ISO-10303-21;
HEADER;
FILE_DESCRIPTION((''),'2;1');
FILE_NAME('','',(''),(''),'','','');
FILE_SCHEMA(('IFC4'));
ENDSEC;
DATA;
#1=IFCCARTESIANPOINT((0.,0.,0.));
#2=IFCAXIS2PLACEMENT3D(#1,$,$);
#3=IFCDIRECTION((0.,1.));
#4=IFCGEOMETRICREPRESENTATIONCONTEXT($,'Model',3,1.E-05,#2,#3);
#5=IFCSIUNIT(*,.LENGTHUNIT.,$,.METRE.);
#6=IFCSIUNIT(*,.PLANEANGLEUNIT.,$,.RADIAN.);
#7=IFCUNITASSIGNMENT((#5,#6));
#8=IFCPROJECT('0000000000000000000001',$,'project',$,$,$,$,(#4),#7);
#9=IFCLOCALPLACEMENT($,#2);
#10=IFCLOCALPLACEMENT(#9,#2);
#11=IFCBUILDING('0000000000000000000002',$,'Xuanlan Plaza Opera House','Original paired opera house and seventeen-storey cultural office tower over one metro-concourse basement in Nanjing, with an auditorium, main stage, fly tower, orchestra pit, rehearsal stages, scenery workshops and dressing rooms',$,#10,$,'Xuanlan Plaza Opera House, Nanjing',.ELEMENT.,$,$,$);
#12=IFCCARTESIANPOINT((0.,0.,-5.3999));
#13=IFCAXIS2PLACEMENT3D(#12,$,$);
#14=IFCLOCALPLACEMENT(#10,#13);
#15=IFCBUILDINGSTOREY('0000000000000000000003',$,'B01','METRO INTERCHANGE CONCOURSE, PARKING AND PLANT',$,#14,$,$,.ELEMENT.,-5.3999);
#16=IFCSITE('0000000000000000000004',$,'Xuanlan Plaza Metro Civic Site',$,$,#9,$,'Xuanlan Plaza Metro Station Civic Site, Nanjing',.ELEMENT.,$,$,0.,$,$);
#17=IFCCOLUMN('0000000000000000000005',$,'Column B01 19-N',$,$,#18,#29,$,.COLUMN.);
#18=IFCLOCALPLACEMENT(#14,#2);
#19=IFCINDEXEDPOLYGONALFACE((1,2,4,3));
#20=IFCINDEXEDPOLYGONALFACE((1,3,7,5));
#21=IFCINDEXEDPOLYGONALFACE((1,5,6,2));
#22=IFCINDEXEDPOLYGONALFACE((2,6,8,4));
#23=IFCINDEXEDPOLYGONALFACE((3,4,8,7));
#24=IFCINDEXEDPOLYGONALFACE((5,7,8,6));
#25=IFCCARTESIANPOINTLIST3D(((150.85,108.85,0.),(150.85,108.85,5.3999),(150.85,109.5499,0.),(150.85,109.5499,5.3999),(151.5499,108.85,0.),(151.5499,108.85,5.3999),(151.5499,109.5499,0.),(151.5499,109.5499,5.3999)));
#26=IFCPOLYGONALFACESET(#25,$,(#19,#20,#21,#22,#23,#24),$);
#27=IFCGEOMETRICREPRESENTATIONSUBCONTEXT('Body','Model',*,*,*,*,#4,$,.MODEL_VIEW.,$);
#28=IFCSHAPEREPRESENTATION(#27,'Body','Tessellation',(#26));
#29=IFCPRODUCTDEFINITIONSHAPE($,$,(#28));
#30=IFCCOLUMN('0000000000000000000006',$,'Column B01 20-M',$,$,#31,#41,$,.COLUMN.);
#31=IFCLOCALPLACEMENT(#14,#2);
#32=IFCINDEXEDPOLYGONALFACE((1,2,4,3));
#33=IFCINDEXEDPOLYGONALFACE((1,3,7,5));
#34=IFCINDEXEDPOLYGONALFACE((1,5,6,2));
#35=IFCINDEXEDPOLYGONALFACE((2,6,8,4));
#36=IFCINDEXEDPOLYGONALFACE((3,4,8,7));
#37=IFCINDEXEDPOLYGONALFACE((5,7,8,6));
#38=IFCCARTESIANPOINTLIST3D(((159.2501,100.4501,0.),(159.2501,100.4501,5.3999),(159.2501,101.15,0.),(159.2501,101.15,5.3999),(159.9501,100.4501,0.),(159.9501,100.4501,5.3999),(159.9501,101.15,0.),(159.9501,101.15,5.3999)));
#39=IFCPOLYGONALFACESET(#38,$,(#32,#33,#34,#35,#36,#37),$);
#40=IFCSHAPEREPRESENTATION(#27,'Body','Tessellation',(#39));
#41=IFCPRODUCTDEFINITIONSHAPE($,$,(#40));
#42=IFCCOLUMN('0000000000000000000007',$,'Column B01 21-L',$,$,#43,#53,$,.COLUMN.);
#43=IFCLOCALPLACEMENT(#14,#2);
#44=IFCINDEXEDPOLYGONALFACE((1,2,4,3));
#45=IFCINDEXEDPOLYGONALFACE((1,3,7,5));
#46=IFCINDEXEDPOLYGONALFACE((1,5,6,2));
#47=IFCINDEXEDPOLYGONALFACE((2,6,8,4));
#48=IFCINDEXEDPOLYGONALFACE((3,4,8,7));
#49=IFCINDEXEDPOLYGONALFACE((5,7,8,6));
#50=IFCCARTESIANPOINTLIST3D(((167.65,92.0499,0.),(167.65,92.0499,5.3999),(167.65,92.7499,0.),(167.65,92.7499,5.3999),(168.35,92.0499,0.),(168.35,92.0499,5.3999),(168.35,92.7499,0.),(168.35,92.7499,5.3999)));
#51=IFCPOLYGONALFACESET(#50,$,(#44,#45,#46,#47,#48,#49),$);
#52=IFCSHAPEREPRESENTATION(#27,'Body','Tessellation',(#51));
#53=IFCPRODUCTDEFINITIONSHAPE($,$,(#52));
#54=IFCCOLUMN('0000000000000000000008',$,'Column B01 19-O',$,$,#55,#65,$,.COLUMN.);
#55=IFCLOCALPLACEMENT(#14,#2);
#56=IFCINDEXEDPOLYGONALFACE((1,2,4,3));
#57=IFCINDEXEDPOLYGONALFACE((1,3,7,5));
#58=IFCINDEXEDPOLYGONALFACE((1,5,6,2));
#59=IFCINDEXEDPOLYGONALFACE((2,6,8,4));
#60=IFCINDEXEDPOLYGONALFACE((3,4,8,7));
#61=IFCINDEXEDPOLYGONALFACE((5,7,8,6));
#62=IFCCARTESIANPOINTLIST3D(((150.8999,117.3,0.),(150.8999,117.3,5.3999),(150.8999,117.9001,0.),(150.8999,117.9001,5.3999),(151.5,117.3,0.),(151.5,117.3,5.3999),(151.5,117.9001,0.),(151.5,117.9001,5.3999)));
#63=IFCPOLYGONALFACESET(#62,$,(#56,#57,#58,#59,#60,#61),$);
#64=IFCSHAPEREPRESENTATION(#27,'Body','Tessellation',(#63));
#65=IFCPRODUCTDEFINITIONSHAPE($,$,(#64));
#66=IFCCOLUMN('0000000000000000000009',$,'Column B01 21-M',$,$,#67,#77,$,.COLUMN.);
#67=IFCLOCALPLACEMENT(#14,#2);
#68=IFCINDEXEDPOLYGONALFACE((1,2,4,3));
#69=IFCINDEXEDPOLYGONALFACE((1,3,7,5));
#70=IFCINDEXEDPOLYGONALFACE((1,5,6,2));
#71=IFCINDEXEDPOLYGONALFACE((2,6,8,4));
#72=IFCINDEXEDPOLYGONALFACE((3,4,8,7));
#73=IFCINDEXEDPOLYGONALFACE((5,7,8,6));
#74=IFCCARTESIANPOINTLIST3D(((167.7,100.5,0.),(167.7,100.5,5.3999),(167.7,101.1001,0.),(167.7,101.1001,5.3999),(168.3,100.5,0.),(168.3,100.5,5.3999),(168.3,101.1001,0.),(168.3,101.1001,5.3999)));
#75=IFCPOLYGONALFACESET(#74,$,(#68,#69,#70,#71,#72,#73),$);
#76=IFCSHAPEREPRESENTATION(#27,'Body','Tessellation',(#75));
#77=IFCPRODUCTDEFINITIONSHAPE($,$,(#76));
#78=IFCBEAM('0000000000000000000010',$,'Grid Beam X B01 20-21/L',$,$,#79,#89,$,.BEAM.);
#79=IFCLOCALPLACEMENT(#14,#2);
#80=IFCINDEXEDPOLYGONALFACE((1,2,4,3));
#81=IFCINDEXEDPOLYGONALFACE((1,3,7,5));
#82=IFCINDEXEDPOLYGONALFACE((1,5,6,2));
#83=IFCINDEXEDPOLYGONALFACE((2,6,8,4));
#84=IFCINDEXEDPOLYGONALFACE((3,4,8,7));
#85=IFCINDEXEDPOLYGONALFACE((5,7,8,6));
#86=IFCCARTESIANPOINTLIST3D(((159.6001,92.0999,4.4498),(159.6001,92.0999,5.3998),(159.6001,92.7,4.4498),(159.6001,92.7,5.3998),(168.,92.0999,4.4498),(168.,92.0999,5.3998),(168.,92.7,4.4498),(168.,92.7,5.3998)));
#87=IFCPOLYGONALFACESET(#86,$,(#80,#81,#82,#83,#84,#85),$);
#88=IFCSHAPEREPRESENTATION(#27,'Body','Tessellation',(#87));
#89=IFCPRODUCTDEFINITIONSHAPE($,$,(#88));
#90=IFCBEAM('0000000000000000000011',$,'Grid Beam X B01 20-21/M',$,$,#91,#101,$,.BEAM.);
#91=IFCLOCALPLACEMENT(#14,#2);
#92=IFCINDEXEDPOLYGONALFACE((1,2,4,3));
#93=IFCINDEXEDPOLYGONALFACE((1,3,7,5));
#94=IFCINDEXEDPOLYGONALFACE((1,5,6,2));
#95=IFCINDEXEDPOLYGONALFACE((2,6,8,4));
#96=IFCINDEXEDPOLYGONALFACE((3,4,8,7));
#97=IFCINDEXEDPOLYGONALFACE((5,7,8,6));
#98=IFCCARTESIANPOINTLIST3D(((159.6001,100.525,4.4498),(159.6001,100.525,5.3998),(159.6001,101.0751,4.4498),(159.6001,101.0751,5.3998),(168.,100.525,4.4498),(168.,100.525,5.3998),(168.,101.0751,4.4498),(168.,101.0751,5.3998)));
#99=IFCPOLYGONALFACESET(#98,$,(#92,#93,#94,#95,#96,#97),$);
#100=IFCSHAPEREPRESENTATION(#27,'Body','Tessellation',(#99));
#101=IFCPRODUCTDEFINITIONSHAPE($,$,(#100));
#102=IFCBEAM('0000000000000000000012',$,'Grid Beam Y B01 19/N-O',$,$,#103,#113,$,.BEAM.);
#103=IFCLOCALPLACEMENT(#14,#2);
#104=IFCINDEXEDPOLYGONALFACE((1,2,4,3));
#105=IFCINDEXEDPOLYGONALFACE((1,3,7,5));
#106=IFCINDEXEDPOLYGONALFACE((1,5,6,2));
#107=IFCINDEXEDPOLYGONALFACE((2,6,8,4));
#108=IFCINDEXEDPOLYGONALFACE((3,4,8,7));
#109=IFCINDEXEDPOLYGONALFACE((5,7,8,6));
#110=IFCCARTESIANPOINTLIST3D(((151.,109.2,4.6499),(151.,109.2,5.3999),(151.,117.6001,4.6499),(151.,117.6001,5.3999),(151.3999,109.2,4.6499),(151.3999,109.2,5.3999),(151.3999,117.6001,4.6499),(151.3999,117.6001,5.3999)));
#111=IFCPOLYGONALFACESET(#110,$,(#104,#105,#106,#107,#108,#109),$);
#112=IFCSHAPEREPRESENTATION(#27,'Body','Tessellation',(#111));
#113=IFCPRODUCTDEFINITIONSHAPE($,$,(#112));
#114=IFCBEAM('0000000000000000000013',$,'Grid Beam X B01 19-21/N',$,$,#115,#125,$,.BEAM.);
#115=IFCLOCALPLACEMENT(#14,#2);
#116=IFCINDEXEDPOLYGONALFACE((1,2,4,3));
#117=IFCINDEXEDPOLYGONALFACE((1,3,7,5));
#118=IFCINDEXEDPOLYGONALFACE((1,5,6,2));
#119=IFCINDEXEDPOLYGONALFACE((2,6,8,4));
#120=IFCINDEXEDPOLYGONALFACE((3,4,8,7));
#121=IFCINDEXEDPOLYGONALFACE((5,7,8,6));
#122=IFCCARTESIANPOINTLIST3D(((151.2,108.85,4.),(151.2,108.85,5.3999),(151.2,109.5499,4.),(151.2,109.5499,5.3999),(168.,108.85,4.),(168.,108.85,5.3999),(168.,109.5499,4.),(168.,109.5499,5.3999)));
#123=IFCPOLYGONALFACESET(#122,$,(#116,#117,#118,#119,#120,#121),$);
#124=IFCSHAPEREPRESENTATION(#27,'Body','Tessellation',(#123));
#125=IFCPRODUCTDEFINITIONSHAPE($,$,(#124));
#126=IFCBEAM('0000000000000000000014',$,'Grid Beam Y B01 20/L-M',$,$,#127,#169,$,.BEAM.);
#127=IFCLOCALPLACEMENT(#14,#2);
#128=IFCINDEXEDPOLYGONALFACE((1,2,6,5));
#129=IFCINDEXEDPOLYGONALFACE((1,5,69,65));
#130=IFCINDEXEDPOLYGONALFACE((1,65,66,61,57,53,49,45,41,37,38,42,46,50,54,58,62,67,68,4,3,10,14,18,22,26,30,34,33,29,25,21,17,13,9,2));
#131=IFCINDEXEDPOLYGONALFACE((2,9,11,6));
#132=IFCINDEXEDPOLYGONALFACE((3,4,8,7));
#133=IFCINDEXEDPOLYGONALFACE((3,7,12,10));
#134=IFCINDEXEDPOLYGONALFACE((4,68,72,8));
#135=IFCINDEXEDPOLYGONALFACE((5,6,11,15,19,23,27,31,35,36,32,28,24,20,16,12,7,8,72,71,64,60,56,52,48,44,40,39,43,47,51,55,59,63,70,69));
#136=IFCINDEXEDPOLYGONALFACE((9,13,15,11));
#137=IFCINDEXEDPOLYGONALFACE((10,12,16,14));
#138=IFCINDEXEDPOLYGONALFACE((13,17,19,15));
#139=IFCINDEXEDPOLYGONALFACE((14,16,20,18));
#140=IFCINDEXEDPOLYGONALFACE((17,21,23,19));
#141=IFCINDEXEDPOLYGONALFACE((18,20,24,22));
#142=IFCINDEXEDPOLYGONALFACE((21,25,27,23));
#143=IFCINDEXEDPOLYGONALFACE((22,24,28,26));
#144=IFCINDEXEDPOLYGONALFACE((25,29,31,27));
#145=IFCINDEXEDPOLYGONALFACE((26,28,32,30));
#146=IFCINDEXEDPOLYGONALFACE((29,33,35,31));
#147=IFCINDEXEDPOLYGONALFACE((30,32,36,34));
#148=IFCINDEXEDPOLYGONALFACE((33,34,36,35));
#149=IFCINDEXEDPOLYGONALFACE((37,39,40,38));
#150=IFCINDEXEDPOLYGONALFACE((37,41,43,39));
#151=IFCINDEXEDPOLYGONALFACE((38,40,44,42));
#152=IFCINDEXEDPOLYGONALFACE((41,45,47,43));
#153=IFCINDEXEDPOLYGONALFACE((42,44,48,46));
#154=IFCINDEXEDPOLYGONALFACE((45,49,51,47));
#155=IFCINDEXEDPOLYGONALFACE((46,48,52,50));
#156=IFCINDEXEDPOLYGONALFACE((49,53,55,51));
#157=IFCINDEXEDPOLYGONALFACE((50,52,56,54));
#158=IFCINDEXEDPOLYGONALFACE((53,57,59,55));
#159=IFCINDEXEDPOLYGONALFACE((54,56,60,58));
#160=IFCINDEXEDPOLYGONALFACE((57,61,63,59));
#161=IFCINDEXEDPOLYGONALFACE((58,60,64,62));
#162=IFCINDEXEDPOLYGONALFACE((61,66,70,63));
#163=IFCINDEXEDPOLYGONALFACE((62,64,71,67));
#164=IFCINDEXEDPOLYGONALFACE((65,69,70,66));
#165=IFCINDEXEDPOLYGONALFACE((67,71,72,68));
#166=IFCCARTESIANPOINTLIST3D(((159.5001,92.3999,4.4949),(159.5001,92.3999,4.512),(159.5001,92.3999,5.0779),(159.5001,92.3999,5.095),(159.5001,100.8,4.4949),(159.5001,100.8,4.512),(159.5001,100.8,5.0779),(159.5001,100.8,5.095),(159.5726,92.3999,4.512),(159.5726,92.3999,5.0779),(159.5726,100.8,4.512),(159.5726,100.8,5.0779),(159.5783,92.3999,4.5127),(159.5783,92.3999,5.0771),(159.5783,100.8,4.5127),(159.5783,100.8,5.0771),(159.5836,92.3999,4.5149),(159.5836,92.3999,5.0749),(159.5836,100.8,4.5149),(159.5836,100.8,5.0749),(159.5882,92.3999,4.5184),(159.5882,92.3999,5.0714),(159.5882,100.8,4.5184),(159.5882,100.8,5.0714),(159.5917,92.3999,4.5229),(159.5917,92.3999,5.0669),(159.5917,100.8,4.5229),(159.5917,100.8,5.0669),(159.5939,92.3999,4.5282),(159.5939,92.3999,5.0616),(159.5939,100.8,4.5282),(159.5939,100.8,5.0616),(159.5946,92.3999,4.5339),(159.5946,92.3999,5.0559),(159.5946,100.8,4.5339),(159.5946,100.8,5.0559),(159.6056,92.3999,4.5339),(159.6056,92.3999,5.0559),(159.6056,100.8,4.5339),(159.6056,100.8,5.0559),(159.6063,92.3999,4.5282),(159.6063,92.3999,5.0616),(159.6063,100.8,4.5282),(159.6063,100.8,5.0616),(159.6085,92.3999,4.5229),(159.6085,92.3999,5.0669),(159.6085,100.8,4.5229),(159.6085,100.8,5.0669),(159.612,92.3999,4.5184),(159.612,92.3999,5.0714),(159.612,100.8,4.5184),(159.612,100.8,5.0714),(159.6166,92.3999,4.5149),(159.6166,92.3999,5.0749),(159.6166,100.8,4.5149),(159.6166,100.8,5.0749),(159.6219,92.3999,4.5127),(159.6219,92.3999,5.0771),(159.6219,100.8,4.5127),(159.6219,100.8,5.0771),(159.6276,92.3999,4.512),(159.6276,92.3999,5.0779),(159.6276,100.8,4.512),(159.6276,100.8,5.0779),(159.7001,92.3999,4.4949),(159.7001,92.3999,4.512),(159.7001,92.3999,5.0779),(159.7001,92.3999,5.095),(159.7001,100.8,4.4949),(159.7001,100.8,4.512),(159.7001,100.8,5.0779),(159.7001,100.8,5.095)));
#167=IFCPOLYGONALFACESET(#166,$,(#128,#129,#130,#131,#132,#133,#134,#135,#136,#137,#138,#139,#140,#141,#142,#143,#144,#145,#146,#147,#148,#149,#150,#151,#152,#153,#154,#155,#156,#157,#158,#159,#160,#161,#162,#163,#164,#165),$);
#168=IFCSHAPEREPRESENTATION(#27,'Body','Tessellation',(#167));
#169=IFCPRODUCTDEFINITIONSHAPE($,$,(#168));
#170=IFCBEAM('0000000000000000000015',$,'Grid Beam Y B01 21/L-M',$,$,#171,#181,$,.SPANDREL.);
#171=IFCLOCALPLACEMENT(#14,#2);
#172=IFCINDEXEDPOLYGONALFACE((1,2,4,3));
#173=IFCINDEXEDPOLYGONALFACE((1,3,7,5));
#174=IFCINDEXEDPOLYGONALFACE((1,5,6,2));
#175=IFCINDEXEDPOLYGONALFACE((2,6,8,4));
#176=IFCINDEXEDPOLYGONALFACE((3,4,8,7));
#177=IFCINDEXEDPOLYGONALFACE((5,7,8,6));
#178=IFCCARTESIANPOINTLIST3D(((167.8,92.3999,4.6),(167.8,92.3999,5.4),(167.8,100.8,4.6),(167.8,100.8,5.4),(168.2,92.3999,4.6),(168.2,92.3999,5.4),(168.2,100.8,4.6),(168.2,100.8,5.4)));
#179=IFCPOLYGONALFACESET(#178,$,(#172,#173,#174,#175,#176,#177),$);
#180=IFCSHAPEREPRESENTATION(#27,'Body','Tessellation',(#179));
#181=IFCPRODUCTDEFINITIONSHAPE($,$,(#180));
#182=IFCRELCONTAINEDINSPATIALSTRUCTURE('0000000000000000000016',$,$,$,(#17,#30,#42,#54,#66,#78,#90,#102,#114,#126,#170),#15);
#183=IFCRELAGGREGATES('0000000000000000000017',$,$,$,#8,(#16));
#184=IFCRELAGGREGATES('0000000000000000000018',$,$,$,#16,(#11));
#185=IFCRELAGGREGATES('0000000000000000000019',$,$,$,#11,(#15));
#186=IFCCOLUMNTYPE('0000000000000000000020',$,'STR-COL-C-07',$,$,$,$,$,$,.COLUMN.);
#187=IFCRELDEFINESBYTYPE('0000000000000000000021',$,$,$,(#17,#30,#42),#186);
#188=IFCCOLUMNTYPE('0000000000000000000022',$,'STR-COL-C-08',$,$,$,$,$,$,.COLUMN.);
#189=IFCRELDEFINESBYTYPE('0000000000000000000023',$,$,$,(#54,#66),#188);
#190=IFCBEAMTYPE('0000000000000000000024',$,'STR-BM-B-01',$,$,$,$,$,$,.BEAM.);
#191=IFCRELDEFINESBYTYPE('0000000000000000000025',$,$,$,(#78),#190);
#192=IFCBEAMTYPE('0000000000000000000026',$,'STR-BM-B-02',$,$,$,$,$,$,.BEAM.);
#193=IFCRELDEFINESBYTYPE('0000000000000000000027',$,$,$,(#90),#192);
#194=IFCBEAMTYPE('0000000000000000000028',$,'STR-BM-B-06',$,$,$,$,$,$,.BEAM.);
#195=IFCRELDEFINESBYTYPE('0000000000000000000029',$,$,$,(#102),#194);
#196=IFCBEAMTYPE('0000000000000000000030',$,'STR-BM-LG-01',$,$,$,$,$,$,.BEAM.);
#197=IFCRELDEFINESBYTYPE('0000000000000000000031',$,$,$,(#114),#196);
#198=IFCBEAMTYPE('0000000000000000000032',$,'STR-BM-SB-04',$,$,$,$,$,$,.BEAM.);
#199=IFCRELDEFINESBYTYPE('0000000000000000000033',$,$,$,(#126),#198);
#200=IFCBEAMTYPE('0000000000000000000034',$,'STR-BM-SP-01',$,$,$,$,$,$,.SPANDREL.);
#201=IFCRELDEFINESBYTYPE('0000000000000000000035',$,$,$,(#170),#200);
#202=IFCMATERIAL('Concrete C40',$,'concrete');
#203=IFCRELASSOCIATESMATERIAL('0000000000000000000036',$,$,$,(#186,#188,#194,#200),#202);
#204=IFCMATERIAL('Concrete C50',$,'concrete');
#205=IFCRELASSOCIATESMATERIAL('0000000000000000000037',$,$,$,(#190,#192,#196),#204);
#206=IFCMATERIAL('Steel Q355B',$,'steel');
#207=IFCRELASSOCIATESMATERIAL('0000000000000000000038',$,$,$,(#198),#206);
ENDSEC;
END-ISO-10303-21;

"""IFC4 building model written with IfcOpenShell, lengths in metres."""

from ifc_helpers import new_model, si_unit, direction, frame, origin, origin_2d, place, context, subcontext, project, spatial, rectangle, i_section, extrude, material, material_profile, profile_set, type_object, element, save


model = new_model("IFC4")

# Units and contexts
model_context = context("Model", 3, precision=1e-05, world=origin(), true_north=direction((0.0, 1.0)))
body_context = subcontext(model_context, "Body", "Model", "MODEL_VIEW")
ifc_project = project(units=[si_unit("LENGTHUNIT", "METRE"), si_unit("PLANEANGLEUNIT", "RADIAN")], contexts=[model_context])

# Site, building, storey
site_placement = place(None, origin())
site = spatial("IfcSite", under=ifc_project, at=site_placement, Name="Xuanlan Plaza Metro Civic Site", LongName="Xuanlan Plaza Metro Station Civic Site, Nanjing", CompositionType="ELEMENT", RefElevation=0.0)
building_placement = place(site_placement, origin())
building = spatial("IfcBuilding", under=site, at=building_placement, Name="Xuanlan Plaza Opera House", Description="Original paired opera house and seventeen-storey cultural office tower over one metro-concourse basement in Nanjing, with an auditorium, main stage, fly tower, orchestra pit, rehearsal stages, scenery workshops and dressing rooms", LongName="Xuanlan Plaza Opera House, Nanjing", CompositionType="ELEMENT")
storey_placement = place(building_placement, frame((0.0, 0.0, -5.3999)))
storey = spatial("IfcBuildingStorey", under=building, at=storey_placement, Name="B01", Description="METRO INTERCHANGE CONCOURSE, PARKING AND PLANT", CompositionType="ELEMENT", Elevation=-5.3999)

# Shared definitions
ifc_material_1 = material(Name="Concrete C40", Category="concrete")

# Columns
ifc_material_profile_1 = material_profile(ifc_material_1, rectangle(XDim=0.7, YDim=0.7, at=origin_2d()), Name="RC-COL 700x700")
ifc_profile_set_1 = profile_set([ifc_material_profile_1], Name="Concrete C40")
column_type_1 = type_object("IfcColumnType", Name="STR-COL-C-07", PredefinedType="COLUMN", material=ifc_profile_set_1)
for number, where, z_axis, x_axis, name in (
    (1, (151.2, 109.2, 0.0), (0.0, 0.0, 1.0), (1.0, 0.0, 0.0), "Column B01 19-N"),
    (2, (159.6001, 100.8, 0.0), (0.0, 0.0, 1.0), (1.0, 0.0, 0.0), "Column B01 20-M"),
    (3, (168.0, 92.3999, 0.0), (0.0, 0.0, 1.0), (1.0, 0.0, 0.0), "Column B01 21-L"),
):
    element("IfcColumn", number, at=place(storey_placement, frame(where, z_axis=z_axis, x_axis=x_axis)), inside=storey, type_object=column_type_1, Name=name, PredefinedType="COLUMN", context=body_context, shape_type="SweptSolid", body=[
        extrude(rectangle(XDim=0.7, YDim=0.7, at=origin_2d()), origin(), (0.0, 0.0, 1.0), 5.3999),
    ])
ifc_material_profile_2 = material_profile(ifc_material_1, rectangle(XDim=0.6001, YDim=0.6001, at=origin_2d()), Name="RC-COL 600x600")
ifc_profile_set_2 = profile_set([ifc_material_profile_2], Name="Concrete C40")
column_type_2 = type_object("IfcColumnType", Name="STR-COL-C-08", PredefinedType="COLUMN", material=ifc_profile_set_2)
for number, where, z_axis, x_axis, name in (
    (4, (151.2, 117.6001, 0.0), (0.0, 0.0, 1.0), (1.0, 0.0, 0.0), "Column B01 19-O"),
    (5, (168.0, 100.8, 0.0), (0.0, 0.0, 1.0), (1.0, 0.0, 0.0), "Column B01 21-M"),
):
    element("IfcColumn", number, at=place(storey_placement, frame(where, z_axis=z_axis, x_axis=x_axis)), inside=storey, type_object=column_type_2, Name=name, PredefinedType="COLUMN", context=body_context, shape_type="SweptSolid", body=[
        extrude(rectangle(XDim=0.6001, YDim=0.6001, at=origin_2d()), origin(), (0.0, 0.0, 1.0), 5.3999),
    ])

# Beams
ifc_material_2 = material(Name="Concrete C50", Category="concrete")
ifc_material_profile_3 = material_profile(ifc_material_2, rectangle(XDim=0.6001, YDim=0.95, at=origin_2d()), Name="RC-BM 600x950")
ifc_profile_set_3 = profile_set([ifc_material_profile_3], Name="Concrete C50")
beam_type_1 = type_object("IfcBeamType", Name="STR-BM-B-01", PredefinedType="BEAM", material=ifc_profile_set_3)
beam_1_placement = place(storey_placement, frame((159.6001, 92.3999, 4.9248), z_axis=(1.0, 0.0, 0.0), x_axis=(0.0, 1.0, 0.0)))
element("IfcBeam", 6, at=beam_1_placement, inside=storey, type_object=beam_type_1, Name="Grid Beam X B01 20-21/L", PredefinedType="BEAM", context=body_context, shape_type="SweptSolid", body=[
    extrude(rectangle(XDim=0.6001, YDim=0.95, at=origin_2d()), origin(), (0.0, 0.0, 1.0), 8.3999),
])
ifc_material_profile_4 = material_profile(ifc_material_2, rectangle(XDim=0.55, YDim=0.95, at=origin_2d()), Name="RC-BM 550x950")
ifc_profile_set_4 = profile_set([ifc_material_profile_4], Name="Concrete C50")
beam_type_2 = type_object("IfcBeamType", Name="STR-BM-B-02", PredefinedType="BEAM", material=ifc_profile_set_4)
beam_2_placement = place(storey_placement, frame((159.6001, 100.8, 4.9248), z_axis=(1.0, 0.0, 0.0), x_axis=(0.0, 1.0, 0.0)))
element("IfcBeam", 7, at=beam_2_placement, inside=storey, type_object=beam_type_2, Name="Grid Beam X B01 20-21/M", PredefinedType="BEAM", context=body_context, shape_type="SweptSolid", body=[
    extrude(rectangle(XDim=0.55, YDim=0.95, at=origin_2d()), origin(), (0.0, 0.0, 1.0), 8.3999),
])
ifc_material_profile_5 = material_profile(ifc_material_1, rectangle(XDim=0.3999, YDim=0.75, at=origin_2d()), Name="RC-BM 400x750")
ifc_profile_set_5 = profile_set([ifc_material_profile_5], Name="Concrete C40")
beam_type_3 = type_object("IfcBeamType", Name="STR-BM-B-06", PredefinedType="BEAM", material=ifc_profile_set_5)
beam_3_placement = place(storey_placement, frame((151.2, 109.2, 5.0249), z_axis=(0.0, 1.0, 0.0), x_axis=(-1.0, 0.0, 0.0)))
element("IfcBeam", 8, at=beam_3_placement, inside=storey, type_object=beam_type_3, Name="Grid Beam Y B01 19/N-O", PredefinedType="BEAM", context=body_context, shape_type="SweptSolid", body=[
    extrude(rectangle(XDim=0.3999, YDim=0.75, at=origin_2d()), origin(), (0.0, 0.0, 1.0), 8.4001),
])
ifc_material_profile_6 = material_profile(ifc_material_2, rectangle(XDim=0.7, YDim=1.3999, at=origin_2d()), Name="RC-LG 700x1400")
ifc_profile_set_6 = profile_set([ifc_material_profile_6], Name="Concrete C50")
beam_type_4 = type_object("IfcBeamType", Name="STR-BM-LG-01", PredefinedType="BEAM", material=ifc_profile_set_6)
beam_4_placement = place(storey_placement, frame((151.2, 109.2, 4.7), z_axis=(1.0, 0.0, 0.0), x_axis=(0.0, 1.0, 0.0)))
element("IfcBeam", 9, at=beam_4_placement, inside=storey, type_object=beam_type_4, Name="Grid Beam X B01 19-21/N", PredefinedType="BEAM", context=body_context, shape_type="SweptSolid", body=[
    extrude(rectangle(XDim=0.7, YDim=1.3999, at=origin_2d()), origin(), (0.0, 0.0, 1.0), 16.8),
])
ifc_material_3 = material(Name="Steel Q355B", Category="steel")
ifc_material_profile_7 = material_profile(ifc_material_3, i_section(OverallWidth=0.2, OverallDepth=0.6001, WebThickness=0.011, FlangeThickness=0.0171, FilletRadius=0.022, at=origin_2d()), Name="HN 600x200x11x17")
ifc_profile_set_7 = profile_set([ifc_material_profile_7], Name="Steel Q355B")
beam_type_5 = type_object("IfcBeamType", Name="STR-BM-SB-04", PredefinedType="BEAM", material=ifc_profile_set_7)
beam_5_placement = place(storey_placement, frame((159.6001, 92.3999, 4.7949), z_axis=(0.0, 1.0, 0.0), x_axis=(-1.0, 0.0, 0.0)))
element("IfcBeam", 10, at=beam_5_placement, inside=storey, type_object=beam_type_5, Name="Grid Beam Y B01 20/L-M", PredefinedType="BEAM", context=body_context, shape_type="SweptSolid", body=[
    extrude(i_section(OverallWidth=0.2, OverallDepth=0.6001, WebThickness=0.011, FlangeThickness=0.0171, FilletRadius=0.022, at=origin_2d()), origin(), (0.0, 0.0, 1.0), 8.4001),
])
ifc_material_profile_8 = material_profile(ifc_material_1, rectangle(XDim=0.3999, YDim=0.8, at=origin_2d()), Name="RC-SPD 400x800")
ifc_profile_set_8 = profile_set([ifc_material_profile_8], Name="Concrete C40")
beam_type_6 = type_object("IfcBeamType", Name="STR-BM-SP-01", PredefinedType="SPANDREL", material=ifc_profile_set_8)
beam_6_placement = place(storey_placement, frame((168.0, 92.3999, 5.0), z_axis=(0.0, 1.0, 0.0), x_axis=(-1.0, 0.0, 0.0)))
element("IfcBeam", 11, at=beam_6_placement, inside=storey, type_object=beam_type_6, Name="Grid Beam Y B01 21/L-M", PredefinedType="SPANDREL", context=body_context, shape_type="SweptSolid", body=[
    extrude(rectangle(XDim=0.3999, YDim=0.8, at=origin_2d()), origin(), (0.0, 0.0, 1.0), 8.4001),
])

save(model, "model.ifc")
